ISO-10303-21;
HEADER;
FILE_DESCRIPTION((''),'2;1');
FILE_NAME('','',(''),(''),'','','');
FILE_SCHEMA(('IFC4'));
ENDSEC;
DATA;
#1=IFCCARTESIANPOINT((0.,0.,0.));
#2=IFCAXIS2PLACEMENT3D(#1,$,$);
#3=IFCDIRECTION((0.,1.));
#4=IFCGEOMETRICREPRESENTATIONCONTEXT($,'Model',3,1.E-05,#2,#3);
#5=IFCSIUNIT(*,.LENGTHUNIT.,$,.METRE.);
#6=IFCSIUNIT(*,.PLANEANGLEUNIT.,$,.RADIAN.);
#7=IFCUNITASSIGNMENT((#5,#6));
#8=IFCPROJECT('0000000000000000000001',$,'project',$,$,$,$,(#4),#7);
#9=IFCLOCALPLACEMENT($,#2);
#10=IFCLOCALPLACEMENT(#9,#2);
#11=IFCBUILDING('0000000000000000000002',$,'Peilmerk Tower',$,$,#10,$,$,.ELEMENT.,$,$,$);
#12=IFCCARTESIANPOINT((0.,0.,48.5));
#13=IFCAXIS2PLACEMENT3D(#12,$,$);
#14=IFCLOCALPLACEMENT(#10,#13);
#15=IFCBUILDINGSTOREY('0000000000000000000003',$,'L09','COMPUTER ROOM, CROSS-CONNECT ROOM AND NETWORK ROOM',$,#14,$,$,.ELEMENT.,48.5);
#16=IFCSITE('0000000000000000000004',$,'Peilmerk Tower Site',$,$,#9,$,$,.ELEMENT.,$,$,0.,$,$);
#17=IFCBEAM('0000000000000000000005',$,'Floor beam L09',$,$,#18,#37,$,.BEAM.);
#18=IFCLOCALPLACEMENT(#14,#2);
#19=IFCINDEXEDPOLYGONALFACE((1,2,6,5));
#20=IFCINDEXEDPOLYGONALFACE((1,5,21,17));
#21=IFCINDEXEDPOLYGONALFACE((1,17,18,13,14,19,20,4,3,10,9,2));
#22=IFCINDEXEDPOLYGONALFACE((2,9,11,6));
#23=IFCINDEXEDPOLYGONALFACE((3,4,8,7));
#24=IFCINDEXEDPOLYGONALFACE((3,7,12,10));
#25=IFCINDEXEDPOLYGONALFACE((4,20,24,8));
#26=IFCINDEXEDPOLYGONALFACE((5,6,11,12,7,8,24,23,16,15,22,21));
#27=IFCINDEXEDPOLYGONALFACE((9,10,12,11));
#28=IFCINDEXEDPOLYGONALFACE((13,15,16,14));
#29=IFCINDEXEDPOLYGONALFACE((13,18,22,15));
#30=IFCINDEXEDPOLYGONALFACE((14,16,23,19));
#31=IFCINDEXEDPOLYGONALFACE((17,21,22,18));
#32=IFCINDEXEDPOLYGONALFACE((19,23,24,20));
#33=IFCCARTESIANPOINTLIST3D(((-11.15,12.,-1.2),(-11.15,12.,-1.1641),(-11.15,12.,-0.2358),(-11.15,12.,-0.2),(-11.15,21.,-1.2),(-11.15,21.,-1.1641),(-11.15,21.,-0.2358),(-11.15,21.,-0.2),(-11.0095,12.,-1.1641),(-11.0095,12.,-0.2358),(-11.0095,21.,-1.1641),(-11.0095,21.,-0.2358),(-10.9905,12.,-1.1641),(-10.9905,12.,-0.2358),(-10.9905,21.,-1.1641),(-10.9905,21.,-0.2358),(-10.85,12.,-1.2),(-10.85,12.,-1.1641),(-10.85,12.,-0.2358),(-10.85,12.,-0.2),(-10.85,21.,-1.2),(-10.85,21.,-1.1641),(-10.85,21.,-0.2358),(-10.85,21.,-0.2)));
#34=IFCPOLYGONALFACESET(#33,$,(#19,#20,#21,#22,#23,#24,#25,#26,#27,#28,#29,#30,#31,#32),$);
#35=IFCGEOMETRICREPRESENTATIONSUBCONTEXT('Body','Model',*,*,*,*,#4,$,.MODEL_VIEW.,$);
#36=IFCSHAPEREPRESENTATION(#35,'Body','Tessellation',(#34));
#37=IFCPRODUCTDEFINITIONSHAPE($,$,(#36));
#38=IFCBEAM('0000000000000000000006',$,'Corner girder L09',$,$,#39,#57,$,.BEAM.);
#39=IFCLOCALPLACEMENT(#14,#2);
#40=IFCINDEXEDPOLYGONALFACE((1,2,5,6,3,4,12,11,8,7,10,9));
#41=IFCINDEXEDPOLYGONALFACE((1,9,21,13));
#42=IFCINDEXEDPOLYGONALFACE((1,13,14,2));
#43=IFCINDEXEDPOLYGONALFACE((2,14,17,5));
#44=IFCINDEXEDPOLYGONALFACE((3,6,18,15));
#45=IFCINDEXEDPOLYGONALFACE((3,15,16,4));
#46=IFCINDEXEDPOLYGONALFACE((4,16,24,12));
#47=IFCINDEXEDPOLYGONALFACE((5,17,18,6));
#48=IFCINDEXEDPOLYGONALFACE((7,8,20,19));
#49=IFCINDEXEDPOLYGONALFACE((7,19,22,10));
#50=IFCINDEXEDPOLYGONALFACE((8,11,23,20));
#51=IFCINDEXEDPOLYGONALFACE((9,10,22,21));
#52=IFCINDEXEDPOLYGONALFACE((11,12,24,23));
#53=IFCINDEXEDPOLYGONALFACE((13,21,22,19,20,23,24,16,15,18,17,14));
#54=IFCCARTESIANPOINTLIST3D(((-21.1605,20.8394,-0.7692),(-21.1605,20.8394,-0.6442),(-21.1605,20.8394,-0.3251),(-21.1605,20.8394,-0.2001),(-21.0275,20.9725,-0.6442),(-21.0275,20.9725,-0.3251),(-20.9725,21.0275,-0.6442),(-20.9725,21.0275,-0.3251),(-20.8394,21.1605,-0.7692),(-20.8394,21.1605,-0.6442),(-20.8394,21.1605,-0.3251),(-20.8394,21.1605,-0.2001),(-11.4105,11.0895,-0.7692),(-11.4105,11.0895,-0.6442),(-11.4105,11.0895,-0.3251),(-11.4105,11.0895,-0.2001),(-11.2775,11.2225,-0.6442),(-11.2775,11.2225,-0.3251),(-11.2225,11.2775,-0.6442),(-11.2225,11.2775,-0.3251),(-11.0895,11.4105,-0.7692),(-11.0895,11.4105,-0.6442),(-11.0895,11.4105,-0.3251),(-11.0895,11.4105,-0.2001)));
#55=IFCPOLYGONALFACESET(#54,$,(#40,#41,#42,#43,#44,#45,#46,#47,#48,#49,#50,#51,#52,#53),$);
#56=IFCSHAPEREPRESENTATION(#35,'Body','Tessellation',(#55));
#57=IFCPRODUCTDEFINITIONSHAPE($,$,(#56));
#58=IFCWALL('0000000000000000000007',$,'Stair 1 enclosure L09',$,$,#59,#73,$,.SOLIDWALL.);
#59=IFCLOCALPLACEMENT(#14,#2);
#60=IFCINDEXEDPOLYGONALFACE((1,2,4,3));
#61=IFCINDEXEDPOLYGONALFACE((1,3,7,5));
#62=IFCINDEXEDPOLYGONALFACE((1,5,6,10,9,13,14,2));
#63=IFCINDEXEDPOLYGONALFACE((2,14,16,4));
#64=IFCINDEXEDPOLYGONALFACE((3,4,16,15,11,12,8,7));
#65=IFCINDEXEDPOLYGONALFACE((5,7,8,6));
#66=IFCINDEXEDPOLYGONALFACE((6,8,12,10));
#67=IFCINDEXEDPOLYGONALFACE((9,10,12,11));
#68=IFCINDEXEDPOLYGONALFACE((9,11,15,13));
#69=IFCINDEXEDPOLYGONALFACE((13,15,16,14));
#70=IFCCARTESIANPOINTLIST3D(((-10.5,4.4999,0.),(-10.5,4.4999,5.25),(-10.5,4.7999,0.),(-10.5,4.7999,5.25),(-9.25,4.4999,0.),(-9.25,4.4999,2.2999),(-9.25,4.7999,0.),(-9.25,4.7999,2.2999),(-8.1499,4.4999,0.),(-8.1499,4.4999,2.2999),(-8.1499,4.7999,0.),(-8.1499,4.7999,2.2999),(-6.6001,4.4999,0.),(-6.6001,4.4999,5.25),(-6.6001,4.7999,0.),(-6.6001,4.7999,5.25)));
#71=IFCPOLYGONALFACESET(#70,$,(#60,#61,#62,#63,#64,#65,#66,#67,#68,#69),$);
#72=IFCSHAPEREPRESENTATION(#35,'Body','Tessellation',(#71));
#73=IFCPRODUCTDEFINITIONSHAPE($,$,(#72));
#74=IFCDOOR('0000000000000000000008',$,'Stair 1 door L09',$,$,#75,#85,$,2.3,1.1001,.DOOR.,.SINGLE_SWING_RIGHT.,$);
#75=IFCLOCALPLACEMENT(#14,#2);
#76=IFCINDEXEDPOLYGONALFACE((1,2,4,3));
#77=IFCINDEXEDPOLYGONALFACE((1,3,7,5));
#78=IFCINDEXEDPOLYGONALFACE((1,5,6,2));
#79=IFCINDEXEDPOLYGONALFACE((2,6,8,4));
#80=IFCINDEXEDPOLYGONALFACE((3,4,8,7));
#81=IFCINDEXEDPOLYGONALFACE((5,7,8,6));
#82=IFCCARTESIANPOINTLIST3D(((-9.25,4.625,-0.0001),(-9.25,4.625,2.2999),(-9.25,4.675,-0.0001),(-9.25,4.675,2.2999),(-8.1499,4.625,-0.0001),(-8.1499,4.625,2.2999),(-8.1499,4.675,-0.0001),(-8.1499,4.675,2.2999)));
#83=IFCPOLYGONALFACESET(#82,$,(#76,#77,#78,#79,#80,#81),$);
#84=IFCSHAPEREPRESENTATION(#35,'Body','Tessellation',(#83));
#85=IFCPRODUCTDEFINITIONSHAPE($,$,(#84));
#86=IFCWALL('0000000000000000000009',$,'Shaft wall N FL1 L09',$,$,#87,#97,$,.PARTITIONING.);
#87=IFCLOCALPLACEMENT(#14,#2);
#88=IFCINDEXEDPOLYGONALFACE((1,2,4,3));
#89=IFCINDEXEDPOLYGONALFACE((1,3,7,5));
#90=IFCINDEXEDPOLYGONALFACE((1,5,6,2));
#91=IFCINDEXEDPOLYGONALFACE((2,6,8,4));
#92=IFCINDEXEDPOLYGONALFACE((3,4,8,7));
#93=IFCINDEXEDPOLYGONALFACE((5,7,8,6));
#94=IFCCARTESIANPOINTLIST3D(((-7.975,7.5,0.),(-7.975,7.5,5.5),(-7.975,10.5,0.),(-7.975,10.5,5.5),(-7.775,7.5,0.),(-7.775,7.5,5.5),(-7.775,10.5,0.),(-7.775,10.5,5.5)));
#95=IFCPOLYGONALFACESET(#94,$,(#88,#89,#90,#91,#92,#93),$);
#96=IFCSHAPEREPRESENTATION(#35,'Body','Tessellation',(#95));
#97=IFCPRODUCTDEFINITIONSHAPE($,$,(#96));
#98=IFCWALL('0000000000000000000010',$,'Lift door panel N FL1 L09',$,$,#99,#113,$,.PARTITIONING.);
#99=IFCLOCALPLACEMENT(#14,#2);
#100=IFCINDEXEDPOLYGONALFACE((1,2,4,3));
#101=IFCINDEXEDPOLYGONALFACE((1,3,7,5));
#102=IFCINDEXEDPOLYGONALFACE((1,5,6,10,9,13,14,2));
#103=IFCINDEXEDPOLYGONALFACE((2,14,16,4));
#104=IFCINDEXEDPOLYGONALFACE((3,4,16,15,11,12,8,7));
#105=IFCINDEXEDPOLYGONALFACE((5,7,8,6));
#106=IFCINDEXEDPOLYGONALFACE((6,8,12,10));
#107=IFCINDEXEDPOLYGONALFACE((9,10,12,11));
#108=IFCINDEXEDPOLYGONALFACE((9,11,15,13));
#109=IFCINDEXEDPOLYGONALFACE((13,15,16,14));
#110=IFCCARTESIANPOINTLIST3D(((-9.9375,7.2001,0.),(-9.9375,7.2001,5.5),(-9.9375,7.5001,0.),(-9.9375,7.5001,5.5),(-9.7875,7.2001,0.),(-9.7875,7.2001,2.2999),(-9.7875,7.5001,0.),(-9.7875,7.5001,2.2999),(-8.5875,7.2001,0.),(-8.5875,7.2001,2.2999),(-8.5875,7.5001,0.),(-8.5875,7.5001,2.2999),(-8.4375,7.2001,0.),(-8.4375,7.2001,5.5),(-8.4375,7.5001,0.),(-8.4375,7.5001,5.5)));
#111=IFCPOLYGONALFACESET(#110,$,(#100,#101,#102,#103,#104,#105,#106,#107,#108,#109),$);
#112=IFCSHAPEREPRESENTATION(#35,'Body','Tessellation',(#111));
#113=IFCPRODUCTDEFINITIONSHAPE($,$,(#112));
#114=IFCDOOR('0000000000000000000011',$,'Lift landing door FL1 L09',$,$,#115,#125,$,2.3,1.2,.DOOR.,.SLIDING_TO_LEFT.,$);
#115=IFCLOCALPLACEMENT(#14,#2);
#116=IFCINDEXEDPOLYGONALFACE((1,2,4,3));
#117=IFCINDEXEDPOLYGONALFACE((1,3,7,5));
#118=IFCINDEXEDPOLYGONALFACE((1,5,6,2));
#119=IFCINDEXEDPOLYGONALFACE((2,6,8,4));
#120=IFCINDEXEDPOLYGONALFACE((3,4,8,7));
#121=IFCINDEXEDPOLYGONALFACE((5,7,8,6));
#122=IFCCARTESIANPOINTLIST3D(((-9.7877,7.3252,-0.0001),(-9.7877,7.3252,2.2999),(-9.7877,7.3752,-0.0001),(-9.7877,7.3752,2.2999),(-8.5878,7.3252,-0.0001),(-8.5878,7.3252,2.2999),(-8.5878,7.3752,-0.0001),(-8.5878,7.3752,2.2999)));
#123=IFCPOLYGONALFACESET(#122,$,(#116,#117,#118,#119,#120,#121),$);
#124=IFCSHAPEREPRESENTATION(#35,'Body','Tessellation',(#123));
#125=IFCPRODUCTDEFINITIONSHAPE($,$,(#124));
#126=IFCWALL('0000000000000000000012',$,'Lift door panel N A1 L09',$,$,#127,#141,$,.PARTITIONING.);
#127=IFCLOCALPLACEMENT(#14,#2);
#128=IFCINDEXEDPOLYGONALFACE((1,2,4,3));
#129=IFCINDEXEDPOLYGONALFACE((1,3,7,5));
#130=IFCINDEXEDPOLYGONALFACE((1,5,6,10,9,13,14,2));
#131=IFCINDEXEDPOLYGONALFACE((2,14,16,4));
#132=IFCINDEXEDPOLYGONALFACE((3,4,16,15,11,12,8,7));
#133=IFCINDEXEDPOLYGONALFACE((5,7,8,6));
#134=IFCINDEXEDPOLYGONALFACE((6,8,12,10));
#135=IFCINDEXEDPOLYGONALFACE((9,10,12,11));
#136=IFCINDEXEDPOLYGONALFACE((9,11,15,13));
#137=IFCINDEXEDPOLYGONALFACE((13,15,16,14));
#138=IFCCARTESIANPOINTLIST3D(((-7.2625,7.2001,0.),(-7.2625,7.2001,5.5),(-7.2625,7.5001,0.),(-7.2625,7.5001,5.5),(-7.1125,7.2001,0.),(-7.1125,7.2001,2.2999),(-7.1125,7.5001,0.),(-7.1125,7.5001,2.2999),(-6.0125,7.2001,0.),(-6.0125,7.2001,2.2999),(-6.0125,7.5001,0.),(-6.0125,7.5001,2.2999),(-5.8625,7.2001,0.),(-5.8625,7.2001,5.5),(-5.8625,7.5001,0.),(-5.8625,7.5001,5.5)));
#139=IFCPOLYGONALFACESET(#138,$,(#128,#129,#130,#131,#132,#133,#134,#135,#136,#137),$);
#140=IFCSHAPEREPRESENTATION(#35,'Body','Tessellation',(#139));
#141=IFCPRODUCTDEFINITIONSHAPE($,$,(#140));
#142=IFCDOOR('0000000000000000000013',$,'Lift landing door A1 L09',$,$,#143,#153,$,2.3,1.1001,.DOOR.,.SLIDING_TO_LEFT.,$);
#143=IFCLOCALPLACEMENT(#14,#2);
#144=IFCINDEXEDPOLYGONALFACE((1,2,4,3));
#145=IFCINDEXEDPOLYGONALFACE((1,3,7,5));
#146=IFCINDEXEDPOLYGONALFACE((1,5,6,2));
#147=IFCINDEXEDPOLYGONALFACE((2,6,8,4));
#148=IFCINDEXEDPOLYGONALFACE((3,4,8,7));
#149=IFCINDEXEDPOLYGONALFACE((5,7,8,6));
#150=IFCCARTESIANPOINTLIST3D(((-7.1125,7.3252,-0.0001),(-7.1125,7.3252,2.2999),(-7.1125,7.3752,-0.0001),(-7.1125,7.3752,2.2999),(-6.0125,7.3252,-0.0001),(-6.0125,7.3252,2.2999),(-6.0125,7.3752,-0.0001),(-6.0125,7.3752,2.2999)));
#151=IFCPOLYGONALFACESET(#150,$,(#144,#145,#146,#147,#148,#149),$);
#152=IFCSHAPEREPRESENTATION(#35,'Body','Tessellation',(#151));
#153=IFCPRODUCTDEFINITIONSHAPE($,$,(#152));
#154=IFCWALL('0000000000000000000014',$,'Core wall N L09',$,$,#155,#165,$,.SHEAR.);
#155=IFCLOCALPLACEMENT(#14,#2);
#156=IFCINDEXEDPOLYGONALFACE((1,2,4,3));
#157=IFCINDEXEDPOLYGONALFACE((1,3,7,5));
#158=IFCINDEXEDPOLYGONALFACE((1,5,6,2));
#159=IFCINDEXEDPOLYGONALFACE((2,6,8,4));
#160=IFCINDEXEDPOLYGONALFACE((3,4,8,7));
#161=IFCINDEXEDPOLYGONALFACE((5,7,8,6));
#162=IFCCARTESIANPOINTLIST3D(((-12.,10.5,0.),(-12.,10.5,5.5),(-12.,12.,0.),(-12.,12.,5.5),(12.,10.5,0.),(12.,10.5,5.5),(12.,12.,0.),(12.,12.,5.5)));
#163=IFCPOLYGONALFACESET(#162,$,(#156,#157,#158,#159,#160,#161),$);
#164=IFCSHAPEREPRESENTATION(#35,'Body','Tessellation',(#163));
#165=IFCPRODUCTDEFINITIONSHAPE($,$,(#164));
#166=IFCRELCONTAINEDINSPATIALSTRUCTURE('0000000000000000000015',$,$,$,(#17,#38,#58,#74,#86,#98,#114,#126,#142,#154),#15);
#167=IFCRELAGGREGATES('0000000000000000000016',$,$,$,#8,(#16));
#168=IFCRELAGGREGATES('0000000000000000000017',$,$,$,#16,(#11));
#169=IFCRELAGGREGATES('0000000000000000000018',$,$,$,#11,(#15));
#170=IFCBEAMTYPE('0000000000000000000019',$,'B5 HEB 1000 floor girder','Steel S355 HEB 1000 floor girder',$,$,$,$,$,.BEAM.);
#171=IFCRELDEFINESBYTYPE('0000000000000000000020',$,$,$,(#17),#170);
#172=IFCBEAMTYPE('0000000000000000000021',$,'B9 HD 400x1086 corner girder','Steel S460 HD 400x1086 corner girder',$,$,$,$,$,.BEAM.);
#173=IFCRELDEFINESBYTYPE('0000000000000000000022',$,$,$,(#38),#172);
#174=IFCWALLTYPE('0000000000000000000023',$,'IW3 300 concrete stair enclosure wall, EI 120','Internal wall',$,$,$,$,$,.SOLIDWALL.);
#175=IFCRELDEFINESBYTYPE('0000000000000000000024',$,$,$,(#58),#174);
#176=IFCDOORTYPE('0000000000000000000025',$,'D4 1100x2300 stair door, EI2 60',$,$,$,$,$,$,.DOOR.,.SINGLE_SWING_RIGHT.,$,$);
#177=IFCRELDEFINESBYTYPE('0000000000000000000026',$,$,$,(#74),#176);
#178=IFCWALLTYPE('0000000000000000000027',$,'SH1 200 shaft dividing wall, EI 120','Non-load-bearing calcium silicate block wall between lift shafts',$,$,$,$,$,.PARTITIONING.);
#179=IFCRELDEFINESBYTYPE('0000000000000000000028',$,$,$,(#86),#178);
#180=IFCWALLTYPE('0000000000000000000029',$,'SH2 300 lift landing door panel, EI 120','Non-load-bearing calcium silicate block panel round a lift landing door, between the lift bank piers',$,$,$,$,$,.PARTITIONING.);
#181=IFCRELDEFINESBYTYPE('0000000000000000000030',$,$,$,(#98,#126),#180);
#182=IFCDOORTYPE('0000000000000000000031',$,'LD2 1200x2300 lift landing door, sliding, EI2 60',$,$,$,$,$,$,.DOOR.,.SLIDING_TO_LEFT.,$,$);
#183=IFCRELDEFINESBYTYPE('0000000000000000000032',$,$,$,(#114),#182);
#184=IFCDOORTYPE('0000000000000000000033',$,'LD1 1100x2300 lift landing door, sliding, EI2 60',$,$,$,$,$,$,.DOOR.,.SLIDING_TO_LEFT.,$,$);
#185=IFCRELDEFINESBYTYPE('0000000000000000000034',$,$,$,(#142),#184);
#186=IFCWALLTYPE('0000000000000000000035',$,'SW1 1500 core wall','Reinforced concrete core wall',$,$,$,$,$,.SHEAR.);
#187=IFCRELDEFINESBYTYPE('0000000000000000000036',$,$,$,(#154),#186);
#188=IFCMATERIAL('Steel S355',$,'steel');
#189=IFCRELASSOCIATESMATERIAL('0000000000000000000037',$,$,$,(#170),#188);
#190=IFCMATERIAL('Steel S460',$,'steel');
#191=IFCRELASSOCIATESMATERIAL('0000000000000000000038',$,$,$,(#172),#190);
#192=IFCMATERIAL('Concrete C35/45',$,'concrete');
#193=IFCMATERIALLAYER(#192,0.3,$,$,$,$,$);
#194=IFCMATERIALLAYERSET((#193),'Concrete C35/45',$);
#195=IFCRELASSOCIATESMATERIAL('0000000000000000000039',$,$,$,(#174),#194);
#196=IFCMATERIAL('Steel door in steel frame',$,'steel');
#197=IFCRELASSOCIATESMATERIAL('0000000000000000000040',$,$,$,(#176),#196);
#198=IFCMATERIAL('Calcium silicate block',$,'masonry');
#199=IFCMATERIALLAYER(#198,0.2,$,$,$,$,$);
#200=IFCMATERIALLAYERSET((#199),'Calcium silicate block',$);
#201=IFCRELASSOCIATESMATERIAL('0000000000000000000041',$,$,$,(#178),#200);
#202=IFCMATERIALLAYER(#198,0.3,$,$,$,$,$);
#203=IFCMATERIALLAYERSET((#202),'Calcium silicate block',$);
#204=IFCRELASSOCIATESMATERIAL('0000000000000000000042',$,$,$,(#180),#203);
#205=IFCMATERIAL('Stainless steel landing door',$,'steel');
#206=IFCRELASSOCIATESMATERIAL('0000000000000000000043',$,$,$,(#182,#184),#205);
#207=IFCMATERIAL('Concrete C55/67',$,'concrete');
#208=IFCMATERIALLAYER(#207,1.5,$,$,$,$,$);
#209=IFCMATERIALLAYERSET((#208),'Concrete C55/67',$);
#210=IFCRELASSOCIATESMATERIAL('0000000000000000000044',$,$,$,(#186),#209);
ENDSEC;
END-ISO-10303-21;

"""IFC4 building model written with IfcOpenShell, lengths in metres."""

from ifc_helpers import new_model, si_unit, direction, frame, frame_2d, origin, origin_2d, place, context, subcontext, project, spatial, rectangle, i_section, extrude, material, layer, layer_set, material_profile, profile_set, type_object, element, fill, save


model = new_model("IFC4")

# Units and contexts
model_context = context("Model", 3, precision=1e-05, world=origin(), true_north=direction((0.0, 1.0)))
body_context = subcontext(model_context, "Body", "Model", "MODEL_VIEW")
ifc_project = project(units=[si_unit("LENGTHUNIT", "METRE"), si_unit("PLANEANGLEUNIT", "RADIAN")], contexts=[model_context])

# Site, building, storey
site_placement = place(None, origin())
site = spatial("IfcSite", under=ifc_project, at=site_placement, Name="Peilmerk Tower Site", CompositionType="ELEMENT", RefElevation=0.0)
building_placement = place(site_placement, origin())
building = spatial("IfcBuilding", under=site, at=building_placement, Name="Peilmerk Tower", CompositionType="ELEMENT")
storey_placement = place(building_placement, frame((0.0, 0.0, 48.5)))
storey = spatial("IfcBuildingStorey", under=building, at=storey_placement, Name="L09", Description="COMPUTER ROOM, CROSS-CONNECT ROOM AND NETWORK ROOM", CompositionType="ELEMENT", Elevation=48.5)

# Beams
ifc_material_1 = material(Name="Steel S355", Category="steel")
ifc_material_profile_1 = material_profile(ifc_material_1, i_section(OverallWidth=0.3, OverallDepth=1.0, WebThickness=0.019, FlangeThickness=0.0359, at=origin_2d()), Name="HEB 1000")
ifc_profile_set_1 = profile_set([ifc_material_profile_1], Name="Steel S355")
beam_type_1 = type_object("IfcBeamType", Name="B5 HEB 1000 floor girder", Description="Steel S355 HEB 1000 floor girder", PredefinedType="BEAM", material=ifc_profile_set_1)
beam_1_placement = place(storey_placement, frame((-11.0, 12.0, -0.7), z_axis=(0.0, 1.0, 0.0), x_axis=(-1.0, 0.0, 0.0)))
element("IfcBeam", 1, at=beam_1_placement, inside=storey, type_object=beam_type_1, Name="Floor beam L09", PredefinedType="BEAM", context=body_context, shape_type="SweptSolid", body=[
    extrude(i_section(OverallWidth=0.3, OverallDepth=1.0, WebThickness=0.019, FlangeThickness=0.0359, at=origin_2d()), origin(), (0.0, 0.0, 1.0), 9.0),
])
ifc_material_2 = material(Name="Steel S460", Category="steel")
ifc_material_profile_2 = material_profile(ifc_material_2, i_section(OverallWidth=0.4541, OverallDepth=0.5691, WebThickness=0.0779, FlangeThickness=0.125, at=origin_2d()), Name="HD 400x1086")
ifc_profile_set_2 = profile_set([ifc_material_profile_2], Name="Steel S460")
beam_type_2 = type_object("IfcBeamType", Name="B9 HD 400x1086 corner girder", Description="Steel S460 HD 400x1086 corner girder", PredefinedType="BEAM", material=ifc_profile_set_2)
beam_2_placement = place(storey_placement, frame((-11.25, 11.25, -0.4846), z_axis=(-0.707107, 0.707107, 0.0), x_axis=(-0.707107, -0.707107, 0.0)))
element("IfcBeam", 2, at=beam_2_placement, inside=storey, type_object=beam_type_2, Name="Corner girder L09", PredefinedType="BEAM", context=body_context, shape_type="SweptSolid", body=[
    extrude(i_section(OverallWidth=0.4541, OverallDepth=0.5691, WebThickness=0.0779, FlangeThickness=0.125, at=origin_2d()), origin(), (0.0, 0.0, 1.0), 13.7886),
])

# Wall, opening, door
ifc_material_3 = material(Name="Concrete C35/45", Category="concrete")
ifc_layer_1 = layer(ifc_material_3, 0.3)
ifc_layer_set_1 = layer_set([ifc_layer_1], Name="Concrete C35/45")
wall_type_1 = type_object("IfcWallType", Name="IW3 300 concrete stair enclosure wall, EI 120", Description="Internal wall", PredefinedType="SOLIDWALL", material=ifc_layer_set_1)
wall_1_placement = place(storey_placement, frame((-10.5, 4.6499, 0.0), z_axis=(0.0, 0.0, 1.0), x_axis=(1.0, 0.0, 0.0)))
wall_1 = element("IfcWall", 3, at=wall_1_placement, inside=storey, type_object=wall_type_1, Name="Stair 1 enclosure L09", PredefinedType="SOLIDWALL", context=body_context, shape_type="SweptSolid", body=[
    extrude(rectangle(XDim=3.8999, YDim=0.3, at=frame_2d((1.95, 0.0))), origin(), (0.0, 0.0, 1.0), 5.25),
])
opening_1_placement = place(wall_1_placement, frame((1.25, 0.0, 0.0)))
opening_1 = element("IfcOpeningElement", 4, at=opening_1_placement, cuts=wall_1, PredefinedType="OPENING", context=body_context, shape_type="SweptSolid", body=[
    extrude(rectangle(XDim=1.1001, YDim=2.3, at=frame_2d((0.55, 1.1499))), frame((0.0, 0.1599, 0.0), z_axis=(0.0, -1.0, 0.0), x_axis=(1.0, 0.0, 0.0)), (0.0, 0.0, 1.0), 0.3201),
])
ifc_material_4 = material(Name="Steel door in steel frame", Category="steel")
door_type_1 = type_object("IfcDoorType", Name="D4 1100x2300 stair door, EI2 60", OperationType="SINGLE_SWING_RIGHT", PredefinedType="DOOR", material=ifc_material_4)
door_1_placement = place(opening_1_placement, frame((1.1001, 0.0, 0.0), z_axis=(0.0, 0.0, 1.0), x_axis=(-1.0, 0.0, 0.0)))
door_1 = element("IfcDoor", 5, at=door_1_placement, inside=storey, type_object=door_type_1, Name="Stair 1 door L09", OperationType="SINGLE_SWING_RIGHT", OverallHeight=2.3, OverallWidth=1.1001, PredefinedType="DOOR", context=body_context, shape_type="SweptSolid", body=[
    extrude(rectangle(XDim=1.1001, YDim=2.3, at=frame_2d((0.55, 1.1499))), frame((0.0, 0.0249, 0.0), z_axis=(0.0, -1.0, 0.0), x_axis=(1.0, 0.0, 0.0)), (0.0, 0.0, 1.0), 0.05),
])
fill(opening_1, door_1)

# Wall
ifc_material_5 = material(Name="Calcium silicate block", Category="masonry")
ifc_layer_2 = layer(ifc_material_5, 0.2)
ifc_layer_set_2 = layer_set([ifc_layer_2], Name="Calcium silicate block")
wall_type_2 = type_object("IfcWallType", Name="SH1 200 shaft dividing wall, EI 120", Description="Non-load-bearing calcium silicate block wall between lift shafts", PredefinedType="PARTITIONING", material=ifc_layer_set_2)
wall_2_placement = place(storey_placement, frame((-7.875, 7.5, 0.0), z_axis=(0.0, 0.0, 1.0), x_axis=(0.0, 1.0, 0.0)))
element("IfcWall", 6, at=wall_2_placement, inside=storey, type_object=wall_type_2, Name="Shaft wall N FL1 L09", PredefinedType="PARTITIONING", context=body_context, shape_type="SweptSolid", body=[
    extrude(rectangle(XDim=3.0, YDim=0.2, at=frame_2d((1.5, 0.0))), origin(), (0.0, 0.0, 1.0), 5.5),
])

# Walls, openings, doors
ifc_layer_3 = layer(ifc_material_5, 0.3)
ifc_layer_set_3 = layer_set([ifc_layer_3], Name="Calcium silicate block")
wall_type_3 = type_object("IfcWallType", Name="SH2 300 lift landing door panel, EI 120", Description="Non-load-bearing calcium silicate block panel round a lift landing door, between the lift bank piers", PredefinedType="PARTITIONING", material=ifc_layer_set_3)
wall_3_placement = place(storey_placement, frame((-9.9375, 7.3501, 0.0), z_axis=(0.0, 0.0, 1.0), x_axis=(1.0, 0.0, 0.0)))
wall_3 = element("IfcWall", 7, at=wall_3_placement, inside=storey, type_object=wall_type_3, Name="Lift door panel N FL1 L09", PredefinedType="PARTITIONING", context=body_context, shape_type="SweptSolid", body=[
    extrude(rectangle(XDim=1.5, YDim=0.3, at=frame_2d((0.75, 0.0))), origin(), (0.0, 0.0, 1.0), 5.5),
])
opening_2_placement = place(wall_3_placement, frame((0.1499, 0.0, 0.0)))
opening_2 = element("IfcOpeningElement", 8, at=opening_2_placement, cuts=wall_3, PredefinedType="OPENING", context=body_context, shape_type="SweptSolid", body=[
    extrude(rectangle(XDim=1.2, YDim=2.3, at=frame_2d((0.6001, 1.1499))), frame((0.0, 0.1599, 0.0), z_axis=(0.0, -1.0, 0.0), x_axis=(1.0, 0.0, 0.0)), (0.0, 0.0, 1.0), 0.3201),
])
ifc_material_6 = material(Name="Stainless steel landing door", Category="steel")
door_type_2 = type_object("IfcDoorType", Name="LD2 1200x2300 lift landing door, sliding, EI2 60", OperationType="SLIDING_TO_LEFT", PredefinedType="DOOR", material=ifc_material_6)
door_2_placement = place(opening_2_placement, frame((1.2, 0.0, 0.0), z_axis=(0.0, 0.0, 1.0), x_axis=(-1.0, 0.0, 0.0)))
door_2 = element("IfcDoor", 9, at=door_2_placement, inside=storey, type_object=door_type_2, Name="Lift landing door FL1 L09", OperationType="SLIDING_TO_LEFT", OverallHeight=2.3, OverallWidth=1.2, PredefinedType="DOOR", context=body_context, shape_type="SweptSolid", body=[
    extrude(rectangle(XDim=1.2, YDim=2.3, at=frame_2d((0.6001, 1.1499))), frame((0.0, 0.0249, 0.0), z_axis=(0.0, -1.0, 0.0), x_axis=(1.0, 0.0, 0.0)), (0.0, 0.0, 1.0), 0.05),
])
fill(opening_2, door_2)
wall_4_placement = place(storey_placement, frame((-7.2625, 7.3501, 0.0), z_axis=(0.0, 0.0, 1.0), x_axis=(1.0, 0.0, 0.0)))
wall_4 = element("IfcWall", 10, at=wall_4_placement, inside=storey, type_object=wall_type_3, Name="Lift door panel N A1 L09", PredefinedType="PARTITIONING", context=body_context, shape_type="SweptSolid", body=[
    extrude(rectangle(XDim=1.3999, YDim=0.3, at=frame_2d((0.7, 0.0))), origin(), (0.0, 0.0, 1.0), 5.5),
])
opening_3_placement = place(wall_4_placement, frame((0.1499, 0.0, 0.0)))
opening_3 = element("IfcOpeningElement", 11, at=opening_3_placement, cuts=wall_4, PredefinedType="OPENING", context=body_context, shape_type="SweptSolid", body=[
    extrude(rectangle(XDim=1.1001, YDim=2.3, at=frame_2d((0.55, 1.1499))), frame((0.0, 0.1599, 0.0), z_axis=(0.0, -1.0, 0.0), x_axis=(1.0, 0.0, 0.0)), (0.0, 0.0, 1.0), 0.3201),
])
door_type_3 = type_object("IfcDoorType", Name="LD1 1100x2300 lift landing door, sliding, EI2 60", OperationType="SLIDING_TO_LEFT", PredefinedType="DOOR", material=ifc_material_6)
door_3_placement = place(opening_3_placement, frame((1.1001, 0.0, 0.0), z_axis=(0.0, 0.0, 1.0), x_axis=(-1.0, 0.0, 0.0)))
door_3 = element("IfcDoor", 12, at=door_3_placement, inside=storey, type_object=door_type_3, Name="Lift landing door A1 L09", OperationType="SLIDING_TO_LEFT", OverallHeight=2.3, OverallWidth=1.1001, PredefinedType="DOOR", context=body_context, shape_type="SweptSolid", body=[
    extrude(rectangle(XDim=1.1001, YDim=2.3, at=frame_2d((0.55, 1.1499))), frame((0.0, 0.0249, 0.0), z_axis=(0.0, -1.0, 0.0), x_axis=(1.0, 0.0, 0.0)), (0.0, 0.0, 1.0), 0.05),
])
fill(opening_3, door_3)

# Wall
ifc_material_7 = material(Name="Concrete C55/67", Category="concrete")
ifc_layer_4 = layer(ifc_material_7, 1.5)
ifc_layer_set_4 = layer_set([ifc_layer_4], Name="Concrete C55/67")
wall_type_4 = type_object("IfcWallType", Name="SW1 1500 core wall", Description="Reinforced concrete core wall", PredefinedType="SHEAR", material=ifc_layer_set_4)
wall_5_placement = place(storey_placement, frame((-12.0, 11.25, 0.0), z_axis=(0.0, 0.0, 1.0), x_axis=(1.0, 0.0, 0.0)))
element("IfcWall", 13, at=wall_5_placement, inside=storey, type_object=wall_type_4, Name="Core wall N L09", PredefinedType="SHEAR", context=body_context, shape_type="SweptSolid", body=[
    extrude(rectangle(XDim=24.0, YDim=1.5, at=frame_2d((12.0, 0.0))), origin(), (0.0, 0.0, 1.0), 5.5),
])

save(model, "model.ifc")
